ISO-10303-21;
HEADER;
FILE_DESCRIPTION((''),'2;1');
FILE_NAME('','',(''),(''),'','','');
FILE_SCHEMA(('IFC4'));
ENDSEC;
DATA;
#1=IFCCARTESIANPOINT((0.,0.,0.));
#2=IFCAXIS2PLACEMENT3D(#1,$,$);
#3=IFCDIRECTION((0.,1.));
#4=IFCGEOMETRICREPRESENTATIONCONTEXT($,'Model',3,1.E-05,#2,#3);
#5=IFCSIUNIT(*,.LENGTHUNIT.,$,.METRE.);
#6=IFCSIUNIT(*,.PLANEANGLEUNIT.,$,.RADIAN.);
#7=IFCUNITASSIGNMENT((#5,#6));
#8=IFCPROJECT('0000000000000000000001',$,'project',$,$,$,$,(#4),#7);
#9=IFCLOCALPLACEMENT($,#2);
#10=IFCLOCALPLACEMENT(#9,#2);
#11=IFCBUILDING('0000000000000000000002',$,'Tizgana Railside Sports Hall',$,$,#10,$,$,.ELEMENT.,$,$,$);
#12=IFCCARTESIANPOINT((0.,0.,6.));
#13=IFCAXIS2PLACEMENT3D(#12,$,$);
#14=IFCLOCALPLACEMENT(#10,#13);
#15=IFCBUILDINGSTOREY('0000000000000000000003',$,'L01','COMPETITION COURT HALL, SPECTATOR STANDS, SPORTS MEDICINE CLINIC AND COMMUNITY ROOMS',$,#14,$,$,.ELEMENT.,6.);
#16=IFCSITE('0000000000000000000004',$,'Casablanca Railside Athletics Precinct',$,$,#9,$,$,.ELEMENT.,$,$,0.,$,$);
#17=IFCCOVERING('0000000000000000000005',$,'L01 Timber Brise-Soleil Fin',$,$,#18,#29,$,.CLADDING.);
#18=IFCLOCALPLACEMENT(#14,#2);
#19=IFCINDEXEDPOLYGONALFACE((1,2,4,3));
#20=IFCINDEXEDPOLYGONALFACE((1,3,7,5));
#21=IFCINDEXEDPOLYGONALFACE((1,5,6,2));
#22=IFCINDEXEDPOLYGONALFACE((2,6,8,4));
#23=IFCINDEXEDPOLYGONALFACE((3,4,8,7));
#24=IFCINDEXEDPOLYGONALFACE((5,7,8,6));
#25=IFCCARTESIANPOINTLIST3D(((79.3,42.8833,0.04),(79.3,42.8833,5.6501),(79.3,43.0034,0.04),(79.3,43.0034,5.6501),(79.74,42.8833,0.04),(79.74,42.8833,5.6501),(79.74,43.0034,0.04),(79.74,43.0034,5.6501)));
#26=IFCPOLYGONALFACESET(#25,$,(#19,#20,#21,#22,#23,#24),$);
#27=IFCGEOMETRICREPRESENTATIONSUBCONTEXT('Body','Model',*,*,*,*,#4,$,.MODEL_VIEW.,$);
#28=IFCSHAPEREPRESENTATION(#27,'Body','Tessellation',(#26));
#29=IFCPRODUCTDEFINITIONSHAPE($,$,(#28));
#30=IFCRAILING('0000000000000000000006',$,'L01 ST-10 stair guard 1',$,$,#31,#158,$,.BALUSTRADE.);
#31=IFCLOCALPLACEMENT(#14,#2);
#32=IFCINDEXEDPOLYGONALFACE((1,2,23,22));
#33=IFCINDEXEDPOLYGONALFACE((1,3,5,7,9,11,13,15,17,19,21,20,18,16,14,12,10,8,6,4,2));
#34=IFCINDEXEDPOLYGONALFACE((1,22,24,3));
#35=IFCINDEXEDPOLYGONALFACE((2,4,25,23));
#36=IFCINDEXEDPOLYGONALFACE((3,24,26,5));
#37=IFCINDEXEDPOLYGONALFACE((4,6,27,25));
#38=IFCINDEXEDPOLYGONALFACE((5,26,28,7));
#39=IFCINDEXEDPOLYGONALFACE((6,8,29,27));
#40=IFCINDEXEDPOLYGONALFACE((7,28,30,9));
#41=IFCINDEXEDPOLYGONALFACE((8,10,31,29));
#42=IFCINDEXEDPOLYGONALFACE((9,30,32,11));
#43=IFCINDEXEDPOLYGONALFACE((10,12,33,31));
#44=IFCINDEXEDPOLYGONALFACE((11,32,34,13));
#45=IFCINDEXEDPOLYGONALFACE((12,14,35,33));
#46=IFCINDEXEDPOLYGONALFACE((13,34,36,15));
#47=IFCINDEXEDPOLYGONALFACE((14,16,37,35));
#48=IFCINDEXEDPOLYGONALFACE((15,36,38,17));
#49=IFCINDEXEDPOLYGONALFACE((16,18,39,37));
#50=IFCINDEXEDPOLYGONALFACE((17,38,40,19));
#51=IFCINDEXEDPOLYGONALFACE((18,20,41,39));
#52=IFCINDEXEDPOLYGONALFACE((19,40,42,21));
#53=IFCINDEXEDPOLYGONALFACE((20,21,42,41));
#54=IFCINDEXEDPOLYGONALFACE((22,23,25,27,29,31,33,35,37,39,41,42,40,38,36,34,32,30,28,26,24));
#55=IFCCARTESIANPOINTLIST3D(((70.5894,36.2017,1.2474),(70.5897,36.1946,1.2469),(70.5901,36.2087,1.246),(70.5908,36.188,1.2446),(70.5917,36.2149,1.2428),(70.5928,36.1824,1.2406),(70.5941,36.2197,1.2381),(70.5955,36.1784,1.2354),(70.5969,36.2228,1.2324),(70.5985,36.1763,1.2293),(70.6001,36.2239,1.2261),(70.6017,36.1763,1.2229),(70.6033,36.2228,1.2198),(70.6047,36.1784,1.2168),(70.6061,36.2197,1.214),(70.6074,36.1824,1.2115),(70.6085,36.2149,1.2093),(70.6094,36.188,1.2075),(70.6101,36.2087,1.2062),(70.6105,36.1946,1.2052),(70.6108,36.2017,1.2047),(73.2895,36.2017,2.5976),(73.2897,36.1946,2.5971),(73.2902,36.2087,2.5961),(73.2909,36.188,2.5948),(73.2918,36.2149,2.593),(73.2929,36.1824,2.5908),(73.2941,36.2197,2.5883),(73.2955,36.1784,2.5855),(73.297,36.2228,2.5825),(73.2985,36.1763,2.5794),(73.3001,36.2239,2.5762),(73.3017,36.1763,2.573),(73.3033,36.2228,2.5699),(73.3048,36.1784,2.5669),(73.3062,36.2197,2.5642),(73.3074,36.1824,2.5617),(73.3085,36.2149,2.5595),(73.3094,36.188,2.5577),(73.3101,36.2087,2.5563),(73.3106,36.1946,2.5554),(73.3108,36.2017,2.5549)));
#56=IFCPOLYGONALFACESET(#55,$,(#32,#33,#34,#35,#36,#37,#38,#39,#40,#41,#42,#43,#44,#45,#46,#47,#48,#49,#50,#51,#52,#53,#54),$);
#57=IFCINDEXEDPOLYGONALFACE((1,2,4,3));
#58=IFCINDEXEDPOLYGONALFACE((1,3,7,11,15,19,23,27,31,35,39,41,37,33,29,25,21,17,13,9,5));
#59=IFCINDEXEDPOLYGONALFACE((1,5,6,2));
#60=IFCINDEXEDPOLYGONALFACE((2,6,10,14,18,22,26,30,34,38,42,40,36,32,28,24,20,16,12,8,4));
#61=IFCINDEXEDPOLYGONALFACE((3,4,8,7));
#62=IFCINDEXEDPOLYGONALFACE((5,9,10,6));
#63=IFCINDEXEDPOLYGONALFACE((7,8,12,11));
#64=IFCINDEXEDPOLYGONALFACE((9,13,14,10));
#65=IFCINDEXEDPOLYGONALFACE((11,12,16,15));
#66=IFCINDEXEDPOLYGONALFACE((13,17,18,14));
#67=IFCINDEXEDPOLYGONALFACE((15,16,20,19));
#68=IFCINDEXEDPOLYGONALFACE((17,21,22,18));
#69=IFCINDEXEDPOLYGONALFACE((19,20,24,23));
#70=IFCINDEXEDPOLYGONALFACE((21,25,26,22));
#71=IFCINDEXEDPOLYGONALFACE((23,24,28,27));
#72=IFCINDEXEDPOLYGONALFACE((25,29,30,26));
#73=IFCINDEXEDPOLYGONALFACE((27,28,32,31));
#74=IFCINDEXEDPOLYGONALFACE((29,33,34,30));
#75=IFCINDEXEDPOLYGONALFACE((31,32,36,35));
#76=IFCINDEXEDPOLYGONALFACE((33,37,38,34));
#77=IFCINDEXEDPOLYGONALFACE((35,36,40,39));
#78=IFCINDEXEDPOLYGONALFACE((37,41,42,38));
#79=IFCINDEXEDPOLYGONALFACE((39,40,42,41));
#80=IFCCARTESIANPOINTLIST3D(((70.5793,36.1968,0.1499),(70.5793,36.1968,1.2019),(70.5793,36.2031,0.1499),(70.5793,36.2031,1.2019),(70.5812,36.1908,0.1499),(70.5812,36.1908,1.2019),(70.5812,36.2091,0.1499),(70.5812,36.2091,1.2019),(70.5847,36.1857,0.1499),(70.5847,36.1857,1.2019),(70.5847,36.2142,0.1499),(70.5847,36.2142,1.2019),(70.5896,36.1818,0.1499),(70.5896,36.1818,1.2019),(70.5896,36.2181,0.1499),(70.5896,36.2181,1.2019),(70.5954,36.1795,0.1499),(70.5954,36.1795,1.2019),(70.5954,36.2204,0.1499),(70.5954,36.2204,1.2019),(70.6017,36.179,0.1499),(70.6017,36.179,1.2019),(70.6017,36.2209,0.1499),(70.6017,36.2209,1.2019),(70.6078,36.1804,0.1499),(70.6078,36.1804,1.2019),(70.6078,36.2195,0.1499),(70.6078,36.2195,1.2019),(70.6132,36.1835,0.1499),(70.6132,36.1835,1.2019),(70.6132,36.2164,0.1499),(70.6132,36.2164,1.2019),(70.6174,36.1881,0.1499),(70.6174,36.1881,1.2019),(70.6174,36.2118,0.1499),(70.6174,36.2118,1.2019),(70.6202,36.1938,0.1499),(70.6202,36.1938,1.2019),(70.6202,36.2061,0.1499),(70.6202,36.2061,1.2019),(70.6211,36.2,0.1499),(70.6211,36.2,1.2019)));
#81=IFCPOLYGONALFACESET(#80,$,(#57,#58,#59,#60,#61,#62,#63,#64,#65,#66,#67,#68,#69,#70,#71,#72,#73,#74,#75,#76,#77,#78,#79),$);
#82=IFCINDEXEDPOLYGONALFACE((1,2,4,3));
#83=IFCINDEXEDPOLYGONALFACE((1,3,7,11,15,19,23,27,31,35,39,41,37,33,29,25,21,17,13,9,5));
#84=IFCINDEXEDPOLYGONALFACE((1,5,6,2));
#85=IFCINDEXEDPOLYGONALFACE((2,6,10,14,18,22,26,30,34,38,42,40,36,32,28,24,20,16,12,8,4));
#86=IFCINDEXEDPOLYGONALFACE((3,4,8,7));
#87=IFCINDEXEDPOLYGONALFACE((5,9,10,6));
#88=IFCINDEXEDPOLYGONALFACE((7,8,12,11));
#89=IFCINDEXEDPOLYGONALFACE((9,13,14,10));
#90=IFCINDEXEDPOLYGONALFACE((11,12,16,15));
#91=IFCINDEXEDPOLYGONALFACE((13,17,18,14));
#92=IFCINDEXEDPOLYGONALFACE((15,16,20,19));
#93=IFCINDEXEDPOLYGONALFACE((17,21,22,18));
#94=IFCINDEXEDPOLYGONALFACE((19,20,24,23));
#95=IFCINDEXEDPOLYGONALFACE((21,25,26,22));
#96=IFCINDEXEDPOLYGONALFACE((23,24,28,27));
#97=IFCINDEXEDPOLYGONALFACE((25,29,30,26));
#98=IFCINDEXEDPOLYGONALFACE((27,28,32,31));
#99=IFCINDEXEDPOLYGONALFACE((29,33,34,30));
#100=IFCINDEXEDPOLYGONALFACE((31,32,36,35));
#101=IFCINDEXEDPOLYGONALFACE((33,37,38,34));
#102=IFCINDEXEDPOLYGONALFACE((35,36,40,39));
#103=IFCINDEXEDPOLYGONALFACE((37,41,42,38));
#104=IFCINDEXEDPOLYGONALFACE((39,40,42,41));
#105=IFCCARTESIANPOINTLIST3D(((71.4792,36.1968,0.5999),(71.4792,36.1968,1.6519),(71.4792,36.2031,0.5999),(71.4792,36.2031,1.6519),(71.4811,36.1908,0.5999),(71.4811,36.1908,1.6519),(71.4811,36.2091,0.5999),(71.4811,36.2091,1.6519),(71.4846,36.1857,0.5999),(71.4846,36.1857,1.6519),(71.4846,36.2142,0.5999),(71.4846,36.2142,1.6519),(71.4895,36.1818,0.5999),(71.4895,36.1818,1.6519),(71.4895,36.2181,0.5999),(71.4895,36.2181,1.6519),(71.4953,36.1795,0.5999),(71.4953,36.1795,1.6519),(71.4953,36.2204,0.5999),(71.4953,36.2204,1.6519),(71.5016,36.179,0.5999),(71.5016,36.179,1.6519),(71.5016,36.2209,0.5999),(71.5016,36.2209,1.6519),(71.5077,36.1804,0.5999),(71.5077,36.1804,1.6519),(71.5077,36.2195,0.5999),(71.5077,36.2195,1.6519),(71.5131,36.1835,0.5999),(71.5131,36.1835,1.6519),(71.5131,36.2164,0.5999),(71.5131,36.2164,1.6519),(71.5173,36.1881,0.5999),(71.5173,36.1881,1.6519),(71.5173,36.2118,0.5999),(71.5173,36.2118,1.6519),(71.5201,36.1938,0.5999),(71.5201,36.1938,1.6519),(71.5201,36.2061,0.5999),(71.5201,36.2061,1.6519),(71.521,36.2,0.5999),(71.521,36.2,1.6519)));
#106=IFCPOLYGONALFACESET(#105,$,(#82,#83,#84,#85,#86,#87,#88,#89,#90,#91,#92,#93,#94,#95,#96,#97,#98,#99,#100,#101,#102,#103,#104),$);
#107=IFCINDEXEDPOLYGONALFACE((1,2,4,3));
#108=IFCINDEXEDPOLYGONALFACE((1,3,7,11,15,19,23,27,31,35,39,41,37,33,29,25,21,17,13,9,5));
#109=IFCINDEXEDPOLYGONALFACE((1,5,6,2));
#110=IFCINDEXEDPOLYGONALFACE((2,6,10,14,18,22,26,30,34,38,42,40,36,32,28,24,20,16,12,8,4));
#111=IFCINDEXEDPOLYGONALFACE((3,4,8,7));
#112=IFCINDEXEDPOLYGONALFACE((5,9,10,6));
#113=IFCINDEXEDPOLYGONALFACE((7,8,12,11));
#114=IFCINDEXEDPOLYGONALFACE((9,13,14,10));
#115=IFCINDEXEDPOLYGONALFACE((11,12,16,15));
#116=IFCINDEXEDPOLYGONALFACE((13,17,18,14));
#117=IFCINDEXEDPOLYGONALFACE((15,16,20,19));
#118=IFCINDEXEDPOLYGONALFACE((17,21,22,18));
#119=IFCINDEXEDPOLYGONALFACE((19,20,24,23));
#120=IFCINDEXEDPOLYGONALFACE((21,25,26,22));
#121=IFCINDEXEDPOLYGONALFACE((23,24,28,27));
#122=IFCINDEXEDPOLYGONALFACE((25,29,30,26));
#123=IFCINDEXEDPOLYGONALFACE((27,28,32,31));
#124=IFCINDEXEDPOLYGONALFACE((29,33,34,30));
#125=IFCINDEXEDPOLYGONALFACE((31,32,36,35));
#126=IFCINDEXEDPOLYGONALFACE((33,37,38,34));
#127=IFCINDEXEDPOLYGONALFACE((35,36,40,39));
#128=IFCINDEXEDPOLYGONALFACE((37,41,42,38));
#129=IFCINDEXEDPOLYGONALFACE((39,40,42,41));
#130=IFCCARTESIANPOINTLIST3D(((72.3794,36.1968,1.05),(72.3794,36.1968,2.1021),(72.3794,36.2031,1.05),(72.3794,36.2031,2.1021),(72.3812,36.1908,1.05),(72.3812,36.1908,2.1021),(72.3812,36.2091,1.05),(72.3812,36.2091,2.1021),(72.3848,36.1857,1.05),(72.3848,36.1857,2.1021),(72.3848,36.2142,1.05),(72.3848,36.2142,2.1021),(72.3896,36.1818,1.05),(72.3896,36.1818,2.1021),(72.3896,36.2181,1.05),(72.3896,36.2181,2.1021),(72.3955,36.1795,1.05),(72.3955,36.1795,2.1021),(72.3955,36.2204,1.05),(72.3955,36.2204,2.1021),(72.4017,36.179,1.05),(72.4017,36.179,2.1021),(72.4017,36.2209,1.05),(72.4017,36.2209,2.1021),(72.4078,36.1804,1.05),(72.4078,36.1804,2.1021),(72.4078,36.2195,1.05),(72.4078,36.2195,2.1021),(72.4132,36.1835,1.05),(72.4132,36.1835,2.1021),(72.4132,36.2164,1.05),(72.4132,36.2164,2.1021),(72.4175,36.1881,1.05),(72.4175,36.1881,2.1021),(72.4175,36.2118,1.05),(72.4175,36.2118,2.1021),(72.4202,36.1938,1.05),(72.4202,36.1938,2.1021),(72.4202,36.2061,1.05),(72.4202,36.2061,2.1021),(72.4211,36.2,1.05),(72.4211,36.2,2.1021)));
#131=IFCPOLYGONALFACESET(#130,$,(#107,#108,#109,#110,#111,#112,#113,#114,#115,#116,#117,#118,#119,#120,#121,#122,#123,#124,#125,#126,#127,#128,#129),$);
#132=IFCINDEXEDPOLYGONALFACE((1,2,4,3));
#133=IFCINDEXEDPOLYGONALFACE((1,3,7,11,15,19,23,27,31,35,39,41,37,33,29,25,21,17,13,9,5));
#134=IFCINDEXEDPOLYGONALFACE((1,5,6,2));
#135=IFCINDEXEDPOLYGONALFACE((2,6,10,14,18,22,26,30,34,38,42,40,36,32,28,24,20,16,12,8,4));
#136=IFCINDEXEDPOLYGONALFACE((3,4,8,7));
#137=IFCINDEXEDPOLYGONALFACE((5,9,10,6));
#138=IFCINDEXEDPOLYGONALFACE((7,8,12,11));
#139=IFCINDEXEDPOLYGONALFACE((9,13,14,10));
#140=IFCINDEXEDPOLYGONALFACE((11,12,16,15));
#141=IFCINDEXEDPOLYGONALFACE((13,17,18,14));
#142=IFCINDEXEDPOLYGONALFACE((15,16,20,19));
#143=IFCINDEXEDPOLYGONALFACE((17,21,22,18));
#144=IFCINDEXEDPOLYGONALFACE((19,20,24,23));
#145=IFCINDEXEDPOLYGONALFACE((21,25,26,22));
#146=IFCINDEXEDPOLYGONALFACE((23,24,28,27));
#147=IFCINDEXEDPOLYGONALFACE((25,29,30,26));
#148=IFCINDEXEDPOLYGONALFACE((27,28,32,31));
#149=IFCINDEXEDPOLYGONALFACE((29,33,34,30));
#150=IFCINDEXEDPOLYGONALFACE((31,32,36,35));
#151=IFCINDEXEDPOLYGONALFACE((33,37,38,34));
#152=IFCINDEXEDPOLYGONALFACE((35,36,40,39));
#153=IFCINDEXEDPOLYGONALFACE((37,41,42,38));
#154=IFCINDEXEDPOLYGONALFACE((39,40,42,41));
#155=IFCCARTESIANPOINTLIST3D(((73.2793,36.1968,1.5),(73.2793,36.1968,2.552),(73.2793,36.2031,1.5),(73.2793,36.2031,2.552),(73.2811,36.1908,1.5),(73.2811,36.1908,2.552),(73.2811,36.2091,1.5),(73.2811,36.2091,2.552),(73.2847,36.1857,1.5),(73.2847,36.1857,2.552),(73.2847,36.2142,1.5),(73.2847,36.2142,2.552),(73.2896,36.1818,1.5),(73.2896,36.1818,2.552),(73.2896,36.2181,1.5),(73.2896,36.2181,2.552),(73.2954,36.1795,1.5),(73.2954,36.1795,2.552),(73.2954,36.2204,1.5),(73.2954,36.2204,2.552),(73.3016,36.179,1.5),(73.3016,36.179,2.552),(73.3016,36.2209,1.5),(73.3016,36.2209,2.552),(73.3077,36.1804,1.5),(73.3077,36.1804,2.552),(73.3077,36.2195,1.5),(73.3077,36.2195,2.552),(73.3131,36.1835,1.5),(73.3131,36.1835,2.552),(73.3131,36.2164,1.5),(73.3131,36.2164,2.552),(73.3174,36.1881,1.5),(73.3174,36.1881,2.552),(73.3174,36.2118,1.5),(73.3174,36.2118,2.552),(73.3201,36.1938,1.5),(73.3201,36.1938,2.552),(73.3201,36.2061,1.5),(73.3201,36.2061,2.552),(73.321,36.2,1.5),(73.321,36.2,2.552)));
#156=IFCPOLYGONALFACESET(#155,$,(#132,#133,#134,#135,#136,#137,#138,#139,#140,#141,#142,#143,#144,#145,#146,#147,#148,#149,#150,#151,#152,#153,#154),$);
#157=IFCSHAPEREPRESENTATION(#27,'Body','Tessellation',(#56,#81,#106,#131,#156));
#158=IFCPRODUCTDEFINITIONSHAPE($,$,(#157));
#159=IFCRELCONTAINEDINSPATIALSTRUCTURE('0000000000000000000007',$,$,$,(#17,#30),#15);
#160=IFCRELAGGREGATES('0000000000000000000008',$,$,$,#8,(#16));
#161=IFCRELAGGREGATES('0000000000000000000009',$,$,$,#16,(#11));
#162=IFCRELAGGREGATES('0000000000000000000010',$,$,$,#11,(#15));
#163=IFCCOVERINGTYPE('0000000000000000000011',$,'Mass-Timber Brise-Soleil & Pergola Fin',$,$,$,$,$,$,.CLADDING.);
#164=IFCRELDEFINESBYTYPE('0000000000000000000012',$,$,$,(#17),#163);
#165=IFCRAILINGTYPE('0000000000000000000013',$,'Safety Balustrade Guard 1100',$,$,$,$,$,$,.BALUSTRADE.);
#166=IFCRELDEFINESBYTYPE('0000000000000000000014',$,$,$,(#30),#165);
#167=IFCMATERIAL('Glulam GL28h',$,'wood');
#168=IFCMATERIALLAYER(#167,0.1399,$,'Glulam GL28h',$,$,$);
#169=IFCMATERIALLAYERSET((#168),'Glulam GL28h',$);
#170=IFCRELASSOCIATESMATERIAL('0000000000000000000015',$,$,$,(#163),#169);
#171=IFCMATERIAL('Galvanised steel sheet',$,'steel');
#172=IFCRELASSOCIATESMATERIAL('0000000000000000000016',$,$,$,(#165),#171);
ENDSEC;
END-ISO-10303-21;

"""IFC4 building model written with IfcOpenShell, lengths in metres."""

from ifc_helpers import new_model, si_unit, direction, frame, origin, origin_2d, place, context, subcontext, project, spatial, rectangle, circle, extrude, material, layer, layer_set, type_object, element, save


model = new_model("IFC4")

# Units and contexts
model_context = context("Model", 3, precision=1e-05, world=origin(), true_north=direction((0.0, 1.0)))
body_context = subcontext(model_context, "Body", "Model", "MODEL_VIEW")
ifc_project = project(units=[si_unit("LENGTHUNIT", "METRE"), si_unit("PLANEANGLEUNIT", "RADIAN")], contexts=[model_context])

# Site, building, storey
site_placement = place(None, origin())
site = spatial("IfcSite", under=ifc_project, at=site_placement, Name="Casablanca Railside Athletics Precinct", CompositionType="ELEMENT", RefElevation=0.0)
building_placement = place(site_placement, origin())
building = spatial("IfcBuilding", under=site, at=building_placement, Name="Tizgana Railside Sports Hall", CompositionType="ELEMENT")
storey_placement = place(building_placement, frame((0.0, 0.0, 6.0)))
storey = spatial("IfcBuildingStorey", under=building, at=storey_placement, Name="L01", Description="COMPETITION COURT HALL, SPECTATOR STANDS, SPORTS MEDICINE CLINIC AND COMMUNITY ROOMS", CompositionType="ELEMENT", Elevation=6.0)

# Covering
ifc_material_1 = material(Name="Glulam GL28h", Category="wood")
ifc_layer_1 = layer(ifc_material_1, 0.1399, Name="Glulam GL28h")
ifc_layer_set_1 = layer_set([ifc_layer_1], Name="Glulam GL28h")
covering_type = type_object("IfcCoveringType", Name="Mass-Timber Brise-Soleil & Pergola Fin", PredefinedType="CLADDING", material=ifc_layer_set_1)
for number, where, z_axis, x_axis, name in (
    (1, (79.52, 42.9434, 0.04), (0.0, 0.0, 1.0), (0.0, 1.0, 0.0), "L01 Timber Brise-Soleil Fin"),
):
    element("IfcCovering", number, at=place(storey_placement, frame(where, z_axis=z_axis, x_axis=x_axis)), inside=storey, type_object=covering_type, Name=name, PredefinedType="CLADDING", context=body_context, shape_type="SweptSolid", body=[
        extrude(rectangle(XDim=0.1201, YDim=0.4399, at=origin_2d()), origin(), (0.0, 0.0, 1.0), 5.6101),
    ])

# Railing
ifc_material_2 = material(Name="Galvanised steel sheet", Category="steel")
railing_type_1 = type_object("IfcRailingType", Name="Safety Balustrade Guard 1100", PredefinedType="BALUSTRADE", material=ifc_material_2)
railing_1_placement = place(storey_placement, frame((70.6001, 36.2, 0.1499)))
element("IfcRailing", 2, at=railing_1_placement, inside=storey, type_object=railing_type_1, Name="L01 ST-10 stair guard 1", PredefinedType="BALUSTRADE", context=body_context, shape_type="SweptSolid", body=[
    extrude(circle(Radius=0.0239, at=origin_2d()), frame((0.0, 0.0, 1.0762), z_axis=(0.894411, 0.0, 0.447246), x_axis=(0.0, 1.0, 0.0)), (0.0, 0.0, 1.0), 3.0188),
    extrude(circle(Radius=0.021, at=origin_2d()), origin(), (0.0, 0.0, 1.0), 1.052),
    extrude(circle(Radius=0.021, at=origin_2d()), frame((0.8999, 0.0, 0.45)), (0.0, 0.0, 1.0), 1.052),
    extrude(circle(Radius=0.021, at=origin_2d()), frame((1.8, 0.0, 0.9001)), (0.0, 0.0, 1.0), 1.052),
    extrude(circle(Radius=0.021, at=origin_2d()), frame((2.7, 0.0, 1.3501)), (0.0, 0.0, 1.0), 1.052),
])

save(model, "model.ifc")
